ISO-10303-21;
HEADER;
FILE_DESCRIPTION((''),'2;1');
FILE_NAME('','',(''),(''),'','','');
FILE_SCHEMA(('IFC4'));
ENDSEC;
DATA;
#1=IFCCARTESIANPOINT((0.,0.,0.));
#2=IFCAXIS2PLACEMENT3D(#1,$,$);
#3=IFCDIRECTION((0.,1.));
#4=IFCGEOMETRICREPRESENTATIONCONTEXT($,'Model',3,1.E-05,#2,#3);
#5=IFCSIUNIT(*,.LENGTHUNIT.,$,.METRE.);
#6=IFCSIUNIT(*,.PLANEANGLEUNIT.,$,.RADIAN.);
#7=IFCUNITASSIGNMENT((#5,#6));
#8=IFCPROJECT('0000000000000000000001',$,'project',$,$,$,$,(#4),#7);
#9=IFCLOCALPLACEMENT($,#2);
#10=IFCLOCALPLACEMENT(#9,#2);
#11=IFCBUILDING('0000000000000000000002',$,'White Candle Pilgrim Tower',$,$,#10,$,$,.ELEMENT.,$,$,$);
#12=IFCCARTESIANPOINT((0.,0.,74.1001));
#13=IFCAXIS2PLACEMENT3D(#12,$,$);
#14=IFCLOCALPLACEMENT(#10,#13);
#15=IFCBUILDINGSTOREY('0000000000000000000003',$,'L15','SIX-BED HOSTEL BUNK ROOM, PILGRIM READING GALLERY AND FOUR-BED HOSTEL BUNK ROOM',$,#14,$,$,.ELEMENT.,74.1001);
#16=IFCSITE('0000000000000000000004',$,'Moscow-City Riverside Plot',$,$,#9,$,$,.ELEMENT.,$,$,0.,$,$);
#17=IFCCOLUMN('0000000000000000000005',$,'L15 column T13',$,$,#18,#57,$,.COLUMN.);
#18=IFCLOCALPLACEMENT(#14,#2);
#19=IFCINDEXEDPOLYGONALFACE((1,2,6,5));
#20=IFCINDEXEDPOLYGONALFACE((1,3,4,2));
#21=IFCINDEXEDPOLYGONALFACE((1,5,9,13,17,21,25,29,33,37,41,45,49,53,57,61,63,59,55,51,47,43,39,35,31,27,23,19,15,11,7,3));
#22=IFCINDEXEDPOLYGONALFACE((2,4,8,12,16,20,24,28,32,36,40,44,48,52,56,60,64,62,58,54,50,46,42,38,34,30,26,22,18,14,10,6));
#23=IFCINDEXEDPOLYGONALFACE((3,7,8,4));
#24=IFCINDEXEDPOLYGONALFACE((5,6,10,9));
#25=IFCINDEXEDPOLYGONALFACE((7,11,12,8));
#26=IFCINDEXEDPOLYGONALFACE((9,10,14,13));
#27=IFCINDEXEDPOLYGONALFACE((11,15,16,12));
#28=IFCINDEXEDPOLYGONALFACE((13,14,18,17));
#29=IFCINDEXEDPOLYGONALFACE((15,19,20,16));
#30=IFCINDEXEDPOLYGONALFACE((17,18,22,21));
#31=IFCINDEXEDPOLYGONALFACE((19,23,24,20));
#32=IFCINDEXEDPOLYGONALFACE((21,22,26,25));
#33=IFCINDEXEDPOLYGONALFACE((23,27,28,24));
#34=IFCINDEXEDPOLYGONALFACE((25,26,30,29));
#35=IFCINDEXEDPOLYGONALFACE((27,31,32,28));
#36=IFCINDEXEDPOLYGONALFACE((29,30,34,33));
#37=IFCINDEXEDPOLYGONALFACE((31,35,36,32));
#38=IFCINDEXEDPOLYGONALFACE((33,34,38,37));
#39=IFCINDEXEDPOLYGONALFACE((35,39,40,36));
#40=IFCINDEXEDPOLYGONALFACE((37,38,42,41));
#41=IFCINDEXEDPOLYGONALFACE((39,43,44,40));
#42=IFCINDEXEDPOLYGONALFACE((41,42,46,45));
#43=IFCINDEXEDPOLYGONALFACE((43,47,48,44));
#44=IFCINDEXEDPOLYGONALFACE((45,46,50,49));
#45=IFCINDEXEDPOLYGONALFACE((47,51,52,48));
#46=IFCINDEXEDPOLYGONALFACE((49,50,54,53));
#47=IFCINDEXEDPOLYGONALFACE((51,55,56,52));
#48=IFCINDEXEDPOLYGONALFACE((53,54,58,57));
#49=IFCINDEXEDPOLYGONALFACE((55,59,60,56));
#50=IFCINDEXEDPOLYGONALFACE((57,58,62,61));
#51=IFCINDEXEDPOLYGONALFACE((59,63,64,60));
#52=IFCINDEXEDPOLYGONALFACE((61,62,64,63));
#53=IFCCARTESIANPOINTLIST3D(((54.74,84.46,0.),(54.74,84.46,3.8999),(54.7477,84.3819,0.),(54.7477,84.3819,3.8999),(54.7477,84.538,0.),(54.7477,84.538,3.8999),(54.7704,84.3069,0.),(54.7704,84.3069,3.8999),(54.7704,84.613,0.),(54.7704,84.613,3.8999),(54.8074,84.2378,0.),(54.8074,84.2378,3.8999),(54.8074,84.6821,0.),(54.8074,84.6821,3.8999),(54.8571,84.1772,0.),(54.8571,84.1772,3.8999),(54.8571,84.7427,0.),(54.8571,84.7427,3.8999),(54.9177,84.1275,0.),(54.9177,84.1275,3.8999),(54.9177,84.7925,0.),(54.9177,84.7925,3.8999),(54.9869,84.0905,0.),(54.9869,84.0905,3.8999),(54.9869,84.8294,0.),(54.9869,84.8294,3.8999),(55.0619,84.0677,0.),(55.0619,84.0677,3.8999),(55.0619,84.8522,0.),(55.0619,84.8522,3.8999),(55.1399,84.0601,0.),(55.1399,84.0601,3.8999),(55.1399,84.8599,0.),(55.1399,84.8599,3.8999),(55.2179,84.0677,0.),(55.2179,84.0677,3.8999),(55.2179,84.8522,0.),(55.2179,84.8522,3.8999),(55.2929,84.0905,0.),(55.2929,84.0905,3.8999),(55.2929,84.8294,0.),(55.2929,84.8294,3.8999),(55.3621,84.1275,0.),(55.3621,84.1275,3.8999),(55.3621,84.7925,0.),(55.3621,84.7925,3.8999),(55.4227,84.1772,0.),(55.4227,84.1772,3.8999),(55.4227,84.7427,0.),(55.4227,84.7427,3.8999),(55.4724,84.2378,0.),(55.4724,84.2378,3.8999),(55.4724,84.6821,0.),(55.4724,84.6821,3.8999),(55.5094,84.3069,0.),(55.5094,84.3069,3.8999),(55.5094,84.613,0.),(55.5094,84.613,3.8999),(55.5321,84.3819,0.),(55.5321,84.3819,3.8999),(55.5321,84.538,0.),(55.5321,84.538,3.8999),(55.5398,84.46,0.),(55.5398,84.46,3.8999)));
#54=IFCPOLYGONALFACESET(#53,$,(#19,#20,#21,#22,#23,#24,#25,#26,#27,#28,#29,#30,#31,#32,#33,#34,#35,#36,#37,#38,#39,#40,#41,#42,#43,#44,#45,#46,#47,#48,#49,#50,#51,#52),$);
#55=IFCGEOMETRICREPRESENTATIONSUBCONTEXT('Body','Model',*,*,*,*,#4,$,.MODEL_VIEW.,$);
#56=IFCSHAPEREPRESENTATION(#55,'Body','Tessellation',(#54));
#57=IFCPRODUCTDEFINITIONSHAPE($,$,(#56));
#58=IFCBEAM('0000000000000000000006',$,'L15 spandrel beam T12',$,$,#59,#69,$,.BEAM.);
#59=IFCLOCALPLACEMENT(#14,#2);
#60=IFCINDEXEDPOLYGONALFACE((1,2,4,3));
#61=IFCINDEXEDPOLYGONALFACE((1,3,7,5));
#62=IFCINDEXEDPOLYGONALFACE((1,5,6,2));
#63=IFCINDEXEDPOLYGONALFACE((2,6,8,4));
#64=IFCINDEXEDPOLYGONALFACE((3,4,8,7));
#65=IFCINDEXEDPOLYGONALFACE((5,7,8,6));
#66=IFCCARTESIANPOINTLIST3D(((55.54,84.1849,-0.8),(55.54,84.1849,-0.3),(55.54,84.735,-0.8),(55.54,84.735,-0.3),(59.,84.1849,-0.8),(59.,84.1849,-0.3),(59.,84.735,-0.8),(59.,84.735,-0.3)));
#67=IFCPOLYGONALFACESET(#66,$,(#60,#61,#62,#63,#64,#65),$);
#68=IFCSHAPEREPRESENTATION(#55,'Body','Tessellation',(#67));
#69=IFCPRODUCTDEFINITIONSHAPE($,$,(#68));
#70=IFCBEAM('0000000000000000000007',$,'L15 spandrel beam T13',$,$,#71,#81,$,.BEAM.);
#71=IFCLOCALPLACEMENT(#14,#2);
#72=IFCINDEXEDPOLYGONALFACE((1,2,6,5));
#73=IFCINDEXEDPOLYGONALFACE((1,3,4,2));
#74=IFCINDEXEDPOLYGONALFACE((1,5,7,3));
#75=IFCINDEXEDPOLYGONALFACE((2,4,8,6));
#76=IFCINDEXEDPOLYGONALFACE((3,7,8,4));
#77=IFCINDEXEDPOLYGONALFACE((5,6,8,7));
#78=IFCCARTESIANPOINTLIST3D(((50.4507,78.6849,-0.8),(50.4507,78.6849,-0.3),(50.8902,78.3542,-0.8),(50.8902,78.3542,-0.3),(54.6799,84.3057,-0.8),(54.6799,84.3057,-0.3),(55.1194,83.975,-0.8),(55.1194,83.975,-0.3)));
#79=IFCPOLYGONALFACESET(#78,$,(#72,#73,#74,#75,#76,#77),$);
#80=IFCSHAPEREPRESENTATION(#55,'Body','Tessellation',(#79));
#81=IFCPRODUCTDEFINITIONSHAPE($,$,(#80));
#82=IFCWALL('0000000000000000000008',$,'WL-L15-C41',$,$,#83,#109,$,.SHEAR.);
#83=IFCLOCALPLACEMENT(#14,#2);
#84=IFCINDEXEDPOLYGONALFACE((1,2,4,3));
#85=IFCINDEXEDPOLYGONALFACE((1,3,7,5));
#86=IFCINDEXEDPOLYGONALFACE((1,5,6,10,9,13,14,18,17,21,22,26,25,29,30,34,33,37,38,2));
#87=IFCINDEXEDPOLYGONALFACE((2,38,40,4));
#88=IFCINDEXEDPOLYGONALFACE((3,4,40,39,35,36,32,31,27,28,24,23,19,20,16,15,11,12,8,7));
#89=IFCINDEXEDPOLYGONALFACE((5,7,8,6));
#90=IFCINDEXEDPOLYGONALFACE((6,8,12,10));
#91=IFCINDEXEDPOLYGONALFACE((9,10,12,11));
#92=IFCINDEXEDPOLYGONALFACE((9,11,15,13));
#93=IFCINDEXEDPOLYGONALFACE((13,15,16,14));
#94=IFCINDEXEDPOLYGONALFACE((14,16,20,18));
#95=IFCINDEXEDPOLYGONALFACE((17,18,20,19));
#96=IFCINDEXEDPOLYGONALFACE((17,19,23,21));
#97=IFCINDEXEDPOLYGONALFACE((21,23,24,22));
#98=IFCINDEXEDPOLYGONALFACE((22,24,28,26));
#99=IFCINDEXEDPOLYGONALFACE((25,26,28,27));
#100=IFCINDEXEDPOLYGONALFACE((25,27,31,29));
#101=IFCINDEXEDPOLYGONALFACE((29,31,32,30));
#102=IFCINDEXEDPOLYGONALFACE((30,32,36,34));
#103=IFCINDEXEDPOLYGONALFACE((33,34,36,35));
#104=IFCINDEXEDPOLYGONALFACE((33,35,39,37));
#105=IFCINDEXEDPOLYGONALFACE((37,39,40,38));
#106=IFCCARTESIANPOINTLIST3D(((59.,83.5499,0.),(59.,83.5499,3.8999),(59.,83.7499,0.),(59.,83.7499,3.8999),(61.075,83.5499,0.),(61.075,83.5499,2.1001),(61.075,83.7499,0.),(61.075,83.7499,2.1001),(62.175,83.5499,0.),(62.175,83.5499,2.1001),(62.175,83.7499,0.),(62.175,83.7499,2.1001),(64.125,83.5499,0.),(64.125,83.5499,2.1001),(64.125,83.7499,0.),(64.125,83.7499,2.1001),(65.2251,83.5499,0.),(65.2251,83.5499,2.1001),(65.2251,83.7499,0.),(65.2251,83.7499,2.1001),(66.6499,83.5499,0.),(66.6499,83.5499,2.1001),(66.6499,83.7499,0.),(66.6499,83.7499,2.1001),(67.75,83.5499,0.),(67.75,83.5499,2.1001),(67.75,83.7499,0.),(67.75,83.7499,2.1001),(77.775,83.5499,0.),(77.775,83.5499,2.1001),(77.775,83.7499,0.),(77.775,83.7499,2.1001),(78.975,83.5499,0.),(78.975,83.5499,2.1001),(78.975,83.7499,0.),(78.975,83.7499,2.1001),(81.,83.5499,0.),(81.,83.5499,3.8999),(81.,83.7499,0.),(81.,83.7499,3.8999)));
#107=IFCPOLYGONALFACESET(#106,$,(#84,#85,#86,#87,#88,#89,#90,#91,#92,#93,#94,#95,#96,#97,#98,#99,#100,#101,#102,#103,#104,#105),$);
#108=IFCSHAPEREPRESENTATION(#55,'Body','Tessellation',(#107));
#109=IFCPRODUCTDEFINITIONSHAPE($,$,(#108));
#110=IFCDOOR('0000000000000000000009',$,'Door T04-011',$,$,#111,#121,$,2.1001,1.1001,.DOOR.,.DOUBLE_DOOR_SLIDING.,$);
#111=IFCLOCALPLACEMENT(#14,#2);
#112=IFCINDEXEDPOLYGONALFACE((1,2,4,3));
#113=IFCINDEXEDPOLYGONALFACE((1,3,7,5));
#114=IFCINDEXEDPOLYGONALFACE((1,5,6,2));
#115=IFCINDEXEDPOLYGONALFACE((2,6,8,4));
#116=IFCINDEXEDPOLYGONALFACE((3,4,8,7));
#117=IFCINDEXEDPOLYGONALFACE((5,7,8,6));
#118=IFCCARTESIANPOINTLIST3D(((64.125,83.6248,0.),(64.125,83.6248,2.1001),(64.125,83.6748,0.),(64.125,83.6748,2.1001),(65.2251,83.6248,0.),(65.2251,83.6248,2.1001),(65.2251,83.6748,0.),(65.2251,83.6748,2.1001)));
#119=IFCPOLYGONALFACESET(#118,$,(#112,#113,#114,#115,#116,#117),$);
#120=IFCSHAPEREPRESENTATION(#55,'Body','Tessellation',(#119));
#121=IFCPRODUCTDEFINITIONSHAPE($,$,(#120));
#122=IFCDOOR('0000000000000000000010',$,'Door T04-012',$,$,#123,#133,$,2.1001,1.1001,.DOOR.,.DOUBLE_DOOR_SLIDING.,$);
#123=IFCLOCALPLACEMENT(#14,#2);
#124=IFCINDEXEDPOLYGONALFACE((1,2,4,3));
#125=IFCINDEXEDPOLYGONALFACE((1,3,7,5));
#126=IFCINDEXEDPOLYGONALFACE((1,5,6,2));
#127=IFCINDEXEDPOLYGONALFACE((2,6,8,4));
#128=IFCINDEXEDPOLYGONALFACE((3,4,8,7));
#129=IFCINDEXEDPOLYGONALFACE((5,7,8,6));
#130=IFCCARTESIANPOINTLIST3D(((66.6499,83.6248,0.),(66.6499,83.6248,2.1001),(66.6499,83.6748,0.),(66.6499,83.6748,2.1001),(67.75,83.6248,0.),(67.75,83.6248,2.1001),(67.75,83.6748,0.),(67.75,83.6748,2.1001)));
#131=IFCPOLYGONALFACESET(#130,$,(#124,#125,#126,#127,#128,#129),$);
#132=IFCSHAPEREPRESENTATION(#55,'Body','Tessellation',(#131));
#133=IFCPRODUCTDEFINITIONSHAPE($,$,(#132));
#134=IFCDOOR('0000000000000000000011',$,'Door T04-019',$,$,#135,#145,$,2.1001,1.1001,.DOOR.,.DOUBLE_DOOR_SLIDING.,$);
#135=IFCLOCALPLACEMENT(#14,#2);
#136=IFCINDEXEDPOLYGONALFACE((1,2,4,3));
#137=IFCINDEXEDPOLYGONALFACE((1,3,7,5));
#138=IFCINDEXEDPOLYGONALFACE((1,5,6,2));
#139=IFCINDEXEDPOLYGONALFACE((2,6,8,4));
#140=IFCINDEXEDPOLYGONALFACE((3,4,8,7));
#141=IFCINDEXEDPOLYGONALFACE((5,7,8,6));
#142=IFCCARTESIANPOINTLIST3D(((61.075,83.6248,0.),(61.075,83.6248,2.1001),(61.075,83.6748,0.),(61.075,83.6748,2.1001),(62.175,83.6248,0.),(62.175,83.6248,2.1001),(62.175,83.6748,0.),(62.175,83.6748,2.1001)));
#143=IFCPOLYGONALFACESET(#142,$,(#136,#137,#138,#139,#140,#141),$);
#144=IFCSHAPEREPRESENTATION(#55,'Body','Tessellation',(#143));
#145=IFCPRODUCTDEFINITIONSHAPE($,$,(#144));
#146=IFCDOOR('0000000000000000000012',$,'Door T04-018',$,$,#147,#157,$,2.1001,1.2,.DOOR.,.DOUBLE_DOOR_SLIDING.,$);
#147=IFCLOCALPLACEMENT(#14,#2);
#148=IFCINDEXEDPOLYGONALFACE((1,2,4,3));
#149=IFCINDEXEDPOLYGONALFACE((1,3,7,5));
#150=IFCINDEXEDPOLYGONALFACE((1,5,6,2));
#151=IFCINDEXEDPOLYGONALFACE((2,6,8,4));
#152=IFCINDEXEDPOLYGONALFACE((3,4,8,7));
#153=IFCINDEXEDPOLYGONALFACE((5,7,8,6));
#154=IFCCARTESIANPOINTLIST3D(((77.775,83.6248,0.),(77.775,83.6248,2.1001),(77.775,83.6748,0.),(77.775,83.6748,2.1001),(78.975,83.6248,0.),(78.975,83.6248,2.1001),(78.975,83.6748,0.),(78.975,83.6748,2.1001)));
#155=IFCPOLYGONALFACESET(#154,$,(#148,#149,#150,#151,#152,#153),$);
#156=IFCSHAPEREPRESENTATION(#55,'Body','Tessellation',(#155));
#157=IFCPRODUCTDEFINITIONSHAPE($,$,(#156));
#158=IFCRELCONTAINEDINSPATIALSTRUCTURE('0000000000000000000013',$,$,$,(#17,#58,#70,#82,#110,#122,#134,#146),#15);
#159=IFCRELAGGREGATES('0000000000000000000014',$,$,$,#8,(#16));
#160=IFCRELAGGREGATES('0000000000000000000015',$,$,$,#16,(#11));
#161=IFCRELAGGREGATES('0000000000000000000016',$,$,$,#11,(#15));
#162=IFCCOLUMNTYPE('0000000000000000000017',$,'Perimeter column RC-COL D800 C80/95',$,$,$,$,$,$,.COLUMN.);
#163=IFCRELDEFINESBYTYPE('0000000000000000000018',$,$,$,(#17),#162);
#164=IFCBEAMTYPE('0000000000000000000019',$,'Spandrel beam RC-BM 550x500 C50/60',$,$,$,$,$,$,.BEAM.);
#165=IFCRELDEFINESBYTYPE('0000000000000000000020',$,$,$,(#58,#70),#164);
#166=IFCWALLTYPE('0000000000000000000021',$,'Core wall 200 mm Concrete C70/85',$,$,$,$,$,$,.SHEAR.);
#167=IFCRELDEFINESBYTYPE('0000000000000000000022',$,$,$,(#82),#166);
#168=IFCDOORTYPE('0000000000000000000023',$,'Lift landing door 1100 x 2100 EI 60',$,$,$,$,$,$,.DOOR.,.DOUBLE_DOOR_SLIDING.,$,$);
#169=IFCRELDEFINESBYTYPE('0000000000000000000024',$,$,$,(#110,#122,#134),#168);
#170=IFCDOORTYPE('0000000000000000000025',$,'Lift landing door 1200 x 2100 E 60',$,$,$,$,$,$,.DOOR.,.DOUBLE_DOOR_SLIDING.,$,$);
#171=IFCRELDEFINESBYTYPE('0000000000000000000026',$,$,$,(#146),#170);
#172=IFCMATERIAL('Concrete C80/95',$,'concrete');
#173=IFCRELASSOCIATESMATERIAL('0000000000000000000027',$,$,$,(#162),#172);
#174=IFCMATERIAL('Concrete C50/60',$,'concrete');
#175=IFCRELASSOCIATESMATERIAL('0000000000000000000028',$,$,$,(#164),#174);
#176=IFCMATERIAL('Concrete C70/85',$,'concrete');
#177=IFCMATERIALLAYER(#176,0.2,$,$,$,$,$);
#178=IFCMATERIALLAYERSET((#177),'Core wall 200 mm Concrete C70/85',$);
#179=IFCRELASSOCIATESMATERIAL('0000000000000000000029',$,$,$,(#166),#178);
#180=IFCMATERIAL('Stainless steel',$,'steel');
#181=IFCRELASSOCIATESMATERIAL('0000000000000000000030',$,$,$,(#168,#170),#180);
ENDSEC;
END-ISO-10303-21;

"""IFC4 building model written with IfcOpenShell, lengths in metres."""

from ifc_helpers import new_model, si_unit, direction, frame, frame_2d, origin, origin_2d, place, context, subcontext, project, spatial, rectangle, circle, extrude, material, layer, layer_set, material_profile, profile_set, type_object, element, fill, save


model = new_model("IFC4")

# Units and contexts
model_context = context("Model", 3, precision=1e-05, world=origin(), true_north=direction((0.0, 1.0)))
body_context = subcontext(model_context, "Body", "Model", "MODEL_VIEW")
ifc_project = project(units=[si_unit("LENGTHUNIT", "METRE"), si_unit("PLANEANGLEUNIT", "RADIAN")], contexts=[model_context])

# Site, building, storey
site_placement = place(None, origin())
site = spatial("IfcSite", under=ifc_project, at=site_placement, Name="Moscow-City Riverside Plot", CompositionType="ELEMENT", RefElevation=0.0)
building_placement = place(site_placement, origin())
building = spatial("IfcBuilding", under=site, at=building_placement, Name="White Candle Pilgrim Tower", CompositionType="ELEMENT")
storey_placement = place(building_placement, frame((0.0, 0.0, 74.1001)))
storey = spatial("IfcBuildingStorey", under=building, at=storey_placement, Name="L15", Description="SIX-BED HOSTEL BUNK ROOM, PILGRIM READING GALLERY AND FOUR-BED HOSTEL BUNK ROOM", CompositionType="ELEMENT", Elevation=74.1001)

# Column
ifc_material_1 = material(Name="Concrete C80/95", Category="concrete")
ifc_material_profile_1 = material_profile(ifc_material_1, circle(Radius=0.3999, at=origin_2d()), Name="RC-COL D800")
ifc_profile_set_1 = profile_set([ifc_material_profile_1], Name="Concrete C80/95")
column_type = type_object("IfcColumnType", Name="Perimeter column RC-COL D800 C80/95", PredefinedType="COLUMN", material=ifc_profile_set_1)
column_placement = place(storey_placement, frame((55.1399, 84.46, 0.0), z_axis=(0.0, 0.0, 1.0), x_axis=(1.0, 0.0, 0.0)))
element("IfcColumn", 1, at=column_placement, inside=storey, type_object=column_type, Name="L15 column T13", PredefinedType="COLUMN", context=body_context, shape_type="SweptSolid", body=[
    extrude(circle(Radius=0.3999, at=origin_2d()), origin(), (0.0, 0.0, 1.0), 3.8999),
])

# Beams
ifc_material_2 = material(Name="Concrete C50/60", Category="concrete")
ifc_material_profile_2 = material_profile(ifc_material_2, rectangle(XDim=0.55, YDim=0.5, at=origin_2d()), Name="RC-BM 550x500")
ifc_profile_set_2 = profile_set([ifc_material_profile_2], Name="Concrete C50/60")
beam_type = type_object("IfcBeamType", Name="Spandrel beam RC-BM 550x500 C50/60", PredefinedType="BEAM", material=ifc_profile_set_2)
beam_1_placement = place(storey_placement, frame((55.54, 84.46, -0.55), z_axis=(1.0, 0.0, 0.0), x_axis=(0.0, 1.0, 0.0)))
element("IfcBeam", 2, at=beam_1_placement, inside=storey, type_object=beam_type, Name="L15 spandrel beam T12", PredefinedType="BEAM", context=body_context, shape_type="SweptSolid", body=[
    extrude(rectangle(XDim=0.55, YDim=0.5, at=origin_2d()), origin(), (0.0, 0.0, 1.0), 3.46),
])
beam_2_placement = place(storey_placement, frame((54.8997, 84.1404, -0.55), z_axis=(-0.601238, -0.79907, 0.0), x_axis=(0.79907, -0.601238, 0.0)))
element("IfcBeam", 3, at=beam_2_placement, inside=storey, type_object=beam_type, Name="L15 spandrel beam T13", PredefinedType="BEAM", context=body_context, shape_type="SweptSolid", body=[
    extrude(rectangle(XDim=0.55, YDim=0.5, at=origin_2d()), origin(), (0.0, 0.0, 1.0), 7.0342),
])

# Wall, openings, doors
ifc_material_3 = material(Name="Concrete C70/85", Category="concrete")
ifc_layer_1 = layer(ifc_material_3, 0.2)
ifc_layer_set_1 = layer_set([ifc_layer_1], Name="Core wall 200 mm Concrete C70/85")
wall_type_1 = type_object("IfcWallType", Name="Core wall 200 mm Concrete C70/85", PredefinedType="SHEAR", material=ifc_layer_set_1)
wall_1_placement = place(storey_placement, frame((59.0, 83.6499, 0.0), z_axis=(0.0, 0.0, 1.0), x_axis=(1.0, 0.0, 0.0)))
wall_1 = element("IfcWall", 4, at=wall_1_placement, inside=storey, type_object=wall_type_1, Name="WL-L15-C41", PredefinedType="SHEAR", context=body_context, shape_type="SweptSolid", body=[
    extrude(rectangle(XDim=22.0, YDim=0.2, at=frame_2d((11.0, 0.0))), origin(), (0.0, 0.0, 1.0), 3.8999),
])
opening_1_placement = place(wall_1_placement, frame((5.125, 0.0, 0.0)))
opening_1 = element("IfcOpeningElement", 5, at=opening_1_placement, cuts=wall_1, PredefinedType="OPENING", context=body_context, shape_type="SweptSolid", body=[
    extrude(rectangle(XDim=1.1001, YDim=2.1001, at=frame_2d((0.55, 1.05))), frame((0.0, 0.1099, 0.0), z_axis=(0.0, -1.0, 0.0), x_axis=(1.0, 0.0, 0.0)), (0.0, 0.0, 1.0), 0.22),
])
opening_2_placement = place(wall_1_placement, frame((7.6499, 0.0, 0.0)))
opening_2 = element("IfcOpeningElement", 6, at=opening_2_placement, cuts=wall_1, PredefinedType="OPENING", context=body_context, shape_type="SweptSolid", body=[
    extrude(rectangle(XDim=1.1001, YDim=2.1001, at=frame_2d((0.55, 1.05))), frame((0.0, 0.1099, 0.0), z_axis=(0.0, -1.0, 0.0), x_axis=(1.0, 0.0, 0.0)), (0.0, 0.0, 1.0), 0.22),
])
opening_3_placement = place(wall_1_placement, frame((18.7749, 0.0, 0.0)))
opening_3 = element("IfcOpeningElement", 7, at=opening_3_placement, cuts=wall_1, PredefinedType="OPENING", context=body_context, shape_type="SweptSolid", body=[
    extrude(rectangle(XDim=1.2, YDim=2.1001, at=frame_2d((0.6001, 1.05))), frame((0.0, 0.1099, 0.0), z_axis=(0.0, -1.0, 0.0), x_axis=(1.0, 0.0, 0.0)), (0.0, 0.0, 1.0), 0.22),
])
opening_4_placement = place(wall_1_placement, frame((2.075, 0.0, 0.0)))
opening_4 = element("IfcOpeningElement", 8, at=opening_4_placement, cuts=wall_1, PredefinedType="OPENING", context=body_context, shape_type="SweptSolid", body=[
    extrude(rectangle(XDim=1.1001, YDim=2.1001, at=frame_2d((0.55, 1.05))), frame((0.0, 0.1099, 0.0), z_axis=(0.0, -1.0, 0.0), x_axis=(1.0, 0.0, 0.0)), (0.0, 0.0, 1.0), 0.22),
])
ifc_material_4 = material(Name="Stainless steel", Category="steel")
door_type_1 = type_object("IfcDoorType", Name="Lift landing door 1100 x 2100 EI 60", OperationType="DOUBLE_DOOR_SLIDING", PredefinedType="DOOR", material=ifc_material_4)
door_1_placement = place(opening_1_placement, origin())
door_1 = element("IfcDoor", 9, at=door_1_placement, inside=storey, type_object=door_type_1, Name="Door T04-011", OperationType="DOUBLE_DOOR_SLIDING", OverallHeight=2.1001, OverallWidth=1.1001, PredefinedType="DOOR", context=body_context, shape_type="SweptSolid", body=[
    extrude(rectangle(XDim=1.1001, YDim=2.1001, at=frame_2d((0.55, 1.05))), frame((0.0, 0.0249, 0.0), z_axis=(0.0, -1.0, 0.0), x_axis=(1.0, 0.0, 0.0)), (0.0, 0.0, 1.0), 0.05),
])
fill(opening_1, door_1)
door_2_placement = place(opening_2_placement, origin())
door_2 = element("IfcDoor", 10, at=door_2_placement, inside=storey, type_object=door_type_1, Name="Door T04-012", OperationType="DOUBLE_DOOR_SLIDING", OverallHeight=2.1001, OverallWidth=1.1001, PredefinedType="DOOR", context=body_context, shape_type="SweptSolid", body=[
    extrude(rectangle(XDim=1.1001, YDim=2.1001, at=frame_2d((0.55, 1.05))), frame((0.0, 0.0249, 0.0), z_axis=(0.0, -1.0, 0.0), x_axis=(1.0, 0.0, 0.0)), (0.0, 0.0, 1.0), 0.05),
])
fill(opening_2, door_2)
door_3_placement = place(opening_4_placement, origin())
door_3 = element("IfcDoor", 11, at=door_3_placement, inside=storey, type_object=door_type_1, Name="Door T04-019", OperationType="DOUBLE_DOOR_SLIDING", OverallHeight=2.1001, OverallWidth=1.1001, PredefinedType="DOOR", context=body_context, shape_type="SweptSolid", body=[
    extrude(rectangle(XDim=1.1001, YDim=2.1001, at=frame_2d((0.55, 1.05))), frame((0.0, 0.0249, 0.0), z_axis=(0.0, -1.0, 0.0), x_axis=(1.0, 0.0, 0.0)), (0.0, 0.0, 1.0), 0.05),
])
fill(opening_4, door_3)
door_type_2 = type_object("IfcDoorType", Name="Lift landing door 1200 x 2100 E 60", OperationType="DOUBLE_DOOR_SLIDING", PredefinedType="DOOR", material=ifc_material_4)
door_4_placement = place(opening_3_placement, origin())
door_4 = element("IfcDoor", 12, at=door_4_placement, inside=storey, type_object=door_type_2, Name="Door T04-018", OperationType="DOUBLE_DOOR_SLIDING", OverallHeight=2.1001, OverallWidth=1.2, PredefinedType="DOOR", context=body_context, shape_type="SweptSolid", body=[
    extrude(rectangle(XDim=1.2, YDim=2.1001, at=frame_2d((0.6001, 1.05))), frame((0.0, 0.0249, 0.0), z_axis=(0.0, -1.0, 0.0), x_axis=(1.0, 0.0, 0.0)), (0.0, 0.0, 1.0), 0.05),
])
fill(opening_3, door_4)

save(model, "model.ifc")
